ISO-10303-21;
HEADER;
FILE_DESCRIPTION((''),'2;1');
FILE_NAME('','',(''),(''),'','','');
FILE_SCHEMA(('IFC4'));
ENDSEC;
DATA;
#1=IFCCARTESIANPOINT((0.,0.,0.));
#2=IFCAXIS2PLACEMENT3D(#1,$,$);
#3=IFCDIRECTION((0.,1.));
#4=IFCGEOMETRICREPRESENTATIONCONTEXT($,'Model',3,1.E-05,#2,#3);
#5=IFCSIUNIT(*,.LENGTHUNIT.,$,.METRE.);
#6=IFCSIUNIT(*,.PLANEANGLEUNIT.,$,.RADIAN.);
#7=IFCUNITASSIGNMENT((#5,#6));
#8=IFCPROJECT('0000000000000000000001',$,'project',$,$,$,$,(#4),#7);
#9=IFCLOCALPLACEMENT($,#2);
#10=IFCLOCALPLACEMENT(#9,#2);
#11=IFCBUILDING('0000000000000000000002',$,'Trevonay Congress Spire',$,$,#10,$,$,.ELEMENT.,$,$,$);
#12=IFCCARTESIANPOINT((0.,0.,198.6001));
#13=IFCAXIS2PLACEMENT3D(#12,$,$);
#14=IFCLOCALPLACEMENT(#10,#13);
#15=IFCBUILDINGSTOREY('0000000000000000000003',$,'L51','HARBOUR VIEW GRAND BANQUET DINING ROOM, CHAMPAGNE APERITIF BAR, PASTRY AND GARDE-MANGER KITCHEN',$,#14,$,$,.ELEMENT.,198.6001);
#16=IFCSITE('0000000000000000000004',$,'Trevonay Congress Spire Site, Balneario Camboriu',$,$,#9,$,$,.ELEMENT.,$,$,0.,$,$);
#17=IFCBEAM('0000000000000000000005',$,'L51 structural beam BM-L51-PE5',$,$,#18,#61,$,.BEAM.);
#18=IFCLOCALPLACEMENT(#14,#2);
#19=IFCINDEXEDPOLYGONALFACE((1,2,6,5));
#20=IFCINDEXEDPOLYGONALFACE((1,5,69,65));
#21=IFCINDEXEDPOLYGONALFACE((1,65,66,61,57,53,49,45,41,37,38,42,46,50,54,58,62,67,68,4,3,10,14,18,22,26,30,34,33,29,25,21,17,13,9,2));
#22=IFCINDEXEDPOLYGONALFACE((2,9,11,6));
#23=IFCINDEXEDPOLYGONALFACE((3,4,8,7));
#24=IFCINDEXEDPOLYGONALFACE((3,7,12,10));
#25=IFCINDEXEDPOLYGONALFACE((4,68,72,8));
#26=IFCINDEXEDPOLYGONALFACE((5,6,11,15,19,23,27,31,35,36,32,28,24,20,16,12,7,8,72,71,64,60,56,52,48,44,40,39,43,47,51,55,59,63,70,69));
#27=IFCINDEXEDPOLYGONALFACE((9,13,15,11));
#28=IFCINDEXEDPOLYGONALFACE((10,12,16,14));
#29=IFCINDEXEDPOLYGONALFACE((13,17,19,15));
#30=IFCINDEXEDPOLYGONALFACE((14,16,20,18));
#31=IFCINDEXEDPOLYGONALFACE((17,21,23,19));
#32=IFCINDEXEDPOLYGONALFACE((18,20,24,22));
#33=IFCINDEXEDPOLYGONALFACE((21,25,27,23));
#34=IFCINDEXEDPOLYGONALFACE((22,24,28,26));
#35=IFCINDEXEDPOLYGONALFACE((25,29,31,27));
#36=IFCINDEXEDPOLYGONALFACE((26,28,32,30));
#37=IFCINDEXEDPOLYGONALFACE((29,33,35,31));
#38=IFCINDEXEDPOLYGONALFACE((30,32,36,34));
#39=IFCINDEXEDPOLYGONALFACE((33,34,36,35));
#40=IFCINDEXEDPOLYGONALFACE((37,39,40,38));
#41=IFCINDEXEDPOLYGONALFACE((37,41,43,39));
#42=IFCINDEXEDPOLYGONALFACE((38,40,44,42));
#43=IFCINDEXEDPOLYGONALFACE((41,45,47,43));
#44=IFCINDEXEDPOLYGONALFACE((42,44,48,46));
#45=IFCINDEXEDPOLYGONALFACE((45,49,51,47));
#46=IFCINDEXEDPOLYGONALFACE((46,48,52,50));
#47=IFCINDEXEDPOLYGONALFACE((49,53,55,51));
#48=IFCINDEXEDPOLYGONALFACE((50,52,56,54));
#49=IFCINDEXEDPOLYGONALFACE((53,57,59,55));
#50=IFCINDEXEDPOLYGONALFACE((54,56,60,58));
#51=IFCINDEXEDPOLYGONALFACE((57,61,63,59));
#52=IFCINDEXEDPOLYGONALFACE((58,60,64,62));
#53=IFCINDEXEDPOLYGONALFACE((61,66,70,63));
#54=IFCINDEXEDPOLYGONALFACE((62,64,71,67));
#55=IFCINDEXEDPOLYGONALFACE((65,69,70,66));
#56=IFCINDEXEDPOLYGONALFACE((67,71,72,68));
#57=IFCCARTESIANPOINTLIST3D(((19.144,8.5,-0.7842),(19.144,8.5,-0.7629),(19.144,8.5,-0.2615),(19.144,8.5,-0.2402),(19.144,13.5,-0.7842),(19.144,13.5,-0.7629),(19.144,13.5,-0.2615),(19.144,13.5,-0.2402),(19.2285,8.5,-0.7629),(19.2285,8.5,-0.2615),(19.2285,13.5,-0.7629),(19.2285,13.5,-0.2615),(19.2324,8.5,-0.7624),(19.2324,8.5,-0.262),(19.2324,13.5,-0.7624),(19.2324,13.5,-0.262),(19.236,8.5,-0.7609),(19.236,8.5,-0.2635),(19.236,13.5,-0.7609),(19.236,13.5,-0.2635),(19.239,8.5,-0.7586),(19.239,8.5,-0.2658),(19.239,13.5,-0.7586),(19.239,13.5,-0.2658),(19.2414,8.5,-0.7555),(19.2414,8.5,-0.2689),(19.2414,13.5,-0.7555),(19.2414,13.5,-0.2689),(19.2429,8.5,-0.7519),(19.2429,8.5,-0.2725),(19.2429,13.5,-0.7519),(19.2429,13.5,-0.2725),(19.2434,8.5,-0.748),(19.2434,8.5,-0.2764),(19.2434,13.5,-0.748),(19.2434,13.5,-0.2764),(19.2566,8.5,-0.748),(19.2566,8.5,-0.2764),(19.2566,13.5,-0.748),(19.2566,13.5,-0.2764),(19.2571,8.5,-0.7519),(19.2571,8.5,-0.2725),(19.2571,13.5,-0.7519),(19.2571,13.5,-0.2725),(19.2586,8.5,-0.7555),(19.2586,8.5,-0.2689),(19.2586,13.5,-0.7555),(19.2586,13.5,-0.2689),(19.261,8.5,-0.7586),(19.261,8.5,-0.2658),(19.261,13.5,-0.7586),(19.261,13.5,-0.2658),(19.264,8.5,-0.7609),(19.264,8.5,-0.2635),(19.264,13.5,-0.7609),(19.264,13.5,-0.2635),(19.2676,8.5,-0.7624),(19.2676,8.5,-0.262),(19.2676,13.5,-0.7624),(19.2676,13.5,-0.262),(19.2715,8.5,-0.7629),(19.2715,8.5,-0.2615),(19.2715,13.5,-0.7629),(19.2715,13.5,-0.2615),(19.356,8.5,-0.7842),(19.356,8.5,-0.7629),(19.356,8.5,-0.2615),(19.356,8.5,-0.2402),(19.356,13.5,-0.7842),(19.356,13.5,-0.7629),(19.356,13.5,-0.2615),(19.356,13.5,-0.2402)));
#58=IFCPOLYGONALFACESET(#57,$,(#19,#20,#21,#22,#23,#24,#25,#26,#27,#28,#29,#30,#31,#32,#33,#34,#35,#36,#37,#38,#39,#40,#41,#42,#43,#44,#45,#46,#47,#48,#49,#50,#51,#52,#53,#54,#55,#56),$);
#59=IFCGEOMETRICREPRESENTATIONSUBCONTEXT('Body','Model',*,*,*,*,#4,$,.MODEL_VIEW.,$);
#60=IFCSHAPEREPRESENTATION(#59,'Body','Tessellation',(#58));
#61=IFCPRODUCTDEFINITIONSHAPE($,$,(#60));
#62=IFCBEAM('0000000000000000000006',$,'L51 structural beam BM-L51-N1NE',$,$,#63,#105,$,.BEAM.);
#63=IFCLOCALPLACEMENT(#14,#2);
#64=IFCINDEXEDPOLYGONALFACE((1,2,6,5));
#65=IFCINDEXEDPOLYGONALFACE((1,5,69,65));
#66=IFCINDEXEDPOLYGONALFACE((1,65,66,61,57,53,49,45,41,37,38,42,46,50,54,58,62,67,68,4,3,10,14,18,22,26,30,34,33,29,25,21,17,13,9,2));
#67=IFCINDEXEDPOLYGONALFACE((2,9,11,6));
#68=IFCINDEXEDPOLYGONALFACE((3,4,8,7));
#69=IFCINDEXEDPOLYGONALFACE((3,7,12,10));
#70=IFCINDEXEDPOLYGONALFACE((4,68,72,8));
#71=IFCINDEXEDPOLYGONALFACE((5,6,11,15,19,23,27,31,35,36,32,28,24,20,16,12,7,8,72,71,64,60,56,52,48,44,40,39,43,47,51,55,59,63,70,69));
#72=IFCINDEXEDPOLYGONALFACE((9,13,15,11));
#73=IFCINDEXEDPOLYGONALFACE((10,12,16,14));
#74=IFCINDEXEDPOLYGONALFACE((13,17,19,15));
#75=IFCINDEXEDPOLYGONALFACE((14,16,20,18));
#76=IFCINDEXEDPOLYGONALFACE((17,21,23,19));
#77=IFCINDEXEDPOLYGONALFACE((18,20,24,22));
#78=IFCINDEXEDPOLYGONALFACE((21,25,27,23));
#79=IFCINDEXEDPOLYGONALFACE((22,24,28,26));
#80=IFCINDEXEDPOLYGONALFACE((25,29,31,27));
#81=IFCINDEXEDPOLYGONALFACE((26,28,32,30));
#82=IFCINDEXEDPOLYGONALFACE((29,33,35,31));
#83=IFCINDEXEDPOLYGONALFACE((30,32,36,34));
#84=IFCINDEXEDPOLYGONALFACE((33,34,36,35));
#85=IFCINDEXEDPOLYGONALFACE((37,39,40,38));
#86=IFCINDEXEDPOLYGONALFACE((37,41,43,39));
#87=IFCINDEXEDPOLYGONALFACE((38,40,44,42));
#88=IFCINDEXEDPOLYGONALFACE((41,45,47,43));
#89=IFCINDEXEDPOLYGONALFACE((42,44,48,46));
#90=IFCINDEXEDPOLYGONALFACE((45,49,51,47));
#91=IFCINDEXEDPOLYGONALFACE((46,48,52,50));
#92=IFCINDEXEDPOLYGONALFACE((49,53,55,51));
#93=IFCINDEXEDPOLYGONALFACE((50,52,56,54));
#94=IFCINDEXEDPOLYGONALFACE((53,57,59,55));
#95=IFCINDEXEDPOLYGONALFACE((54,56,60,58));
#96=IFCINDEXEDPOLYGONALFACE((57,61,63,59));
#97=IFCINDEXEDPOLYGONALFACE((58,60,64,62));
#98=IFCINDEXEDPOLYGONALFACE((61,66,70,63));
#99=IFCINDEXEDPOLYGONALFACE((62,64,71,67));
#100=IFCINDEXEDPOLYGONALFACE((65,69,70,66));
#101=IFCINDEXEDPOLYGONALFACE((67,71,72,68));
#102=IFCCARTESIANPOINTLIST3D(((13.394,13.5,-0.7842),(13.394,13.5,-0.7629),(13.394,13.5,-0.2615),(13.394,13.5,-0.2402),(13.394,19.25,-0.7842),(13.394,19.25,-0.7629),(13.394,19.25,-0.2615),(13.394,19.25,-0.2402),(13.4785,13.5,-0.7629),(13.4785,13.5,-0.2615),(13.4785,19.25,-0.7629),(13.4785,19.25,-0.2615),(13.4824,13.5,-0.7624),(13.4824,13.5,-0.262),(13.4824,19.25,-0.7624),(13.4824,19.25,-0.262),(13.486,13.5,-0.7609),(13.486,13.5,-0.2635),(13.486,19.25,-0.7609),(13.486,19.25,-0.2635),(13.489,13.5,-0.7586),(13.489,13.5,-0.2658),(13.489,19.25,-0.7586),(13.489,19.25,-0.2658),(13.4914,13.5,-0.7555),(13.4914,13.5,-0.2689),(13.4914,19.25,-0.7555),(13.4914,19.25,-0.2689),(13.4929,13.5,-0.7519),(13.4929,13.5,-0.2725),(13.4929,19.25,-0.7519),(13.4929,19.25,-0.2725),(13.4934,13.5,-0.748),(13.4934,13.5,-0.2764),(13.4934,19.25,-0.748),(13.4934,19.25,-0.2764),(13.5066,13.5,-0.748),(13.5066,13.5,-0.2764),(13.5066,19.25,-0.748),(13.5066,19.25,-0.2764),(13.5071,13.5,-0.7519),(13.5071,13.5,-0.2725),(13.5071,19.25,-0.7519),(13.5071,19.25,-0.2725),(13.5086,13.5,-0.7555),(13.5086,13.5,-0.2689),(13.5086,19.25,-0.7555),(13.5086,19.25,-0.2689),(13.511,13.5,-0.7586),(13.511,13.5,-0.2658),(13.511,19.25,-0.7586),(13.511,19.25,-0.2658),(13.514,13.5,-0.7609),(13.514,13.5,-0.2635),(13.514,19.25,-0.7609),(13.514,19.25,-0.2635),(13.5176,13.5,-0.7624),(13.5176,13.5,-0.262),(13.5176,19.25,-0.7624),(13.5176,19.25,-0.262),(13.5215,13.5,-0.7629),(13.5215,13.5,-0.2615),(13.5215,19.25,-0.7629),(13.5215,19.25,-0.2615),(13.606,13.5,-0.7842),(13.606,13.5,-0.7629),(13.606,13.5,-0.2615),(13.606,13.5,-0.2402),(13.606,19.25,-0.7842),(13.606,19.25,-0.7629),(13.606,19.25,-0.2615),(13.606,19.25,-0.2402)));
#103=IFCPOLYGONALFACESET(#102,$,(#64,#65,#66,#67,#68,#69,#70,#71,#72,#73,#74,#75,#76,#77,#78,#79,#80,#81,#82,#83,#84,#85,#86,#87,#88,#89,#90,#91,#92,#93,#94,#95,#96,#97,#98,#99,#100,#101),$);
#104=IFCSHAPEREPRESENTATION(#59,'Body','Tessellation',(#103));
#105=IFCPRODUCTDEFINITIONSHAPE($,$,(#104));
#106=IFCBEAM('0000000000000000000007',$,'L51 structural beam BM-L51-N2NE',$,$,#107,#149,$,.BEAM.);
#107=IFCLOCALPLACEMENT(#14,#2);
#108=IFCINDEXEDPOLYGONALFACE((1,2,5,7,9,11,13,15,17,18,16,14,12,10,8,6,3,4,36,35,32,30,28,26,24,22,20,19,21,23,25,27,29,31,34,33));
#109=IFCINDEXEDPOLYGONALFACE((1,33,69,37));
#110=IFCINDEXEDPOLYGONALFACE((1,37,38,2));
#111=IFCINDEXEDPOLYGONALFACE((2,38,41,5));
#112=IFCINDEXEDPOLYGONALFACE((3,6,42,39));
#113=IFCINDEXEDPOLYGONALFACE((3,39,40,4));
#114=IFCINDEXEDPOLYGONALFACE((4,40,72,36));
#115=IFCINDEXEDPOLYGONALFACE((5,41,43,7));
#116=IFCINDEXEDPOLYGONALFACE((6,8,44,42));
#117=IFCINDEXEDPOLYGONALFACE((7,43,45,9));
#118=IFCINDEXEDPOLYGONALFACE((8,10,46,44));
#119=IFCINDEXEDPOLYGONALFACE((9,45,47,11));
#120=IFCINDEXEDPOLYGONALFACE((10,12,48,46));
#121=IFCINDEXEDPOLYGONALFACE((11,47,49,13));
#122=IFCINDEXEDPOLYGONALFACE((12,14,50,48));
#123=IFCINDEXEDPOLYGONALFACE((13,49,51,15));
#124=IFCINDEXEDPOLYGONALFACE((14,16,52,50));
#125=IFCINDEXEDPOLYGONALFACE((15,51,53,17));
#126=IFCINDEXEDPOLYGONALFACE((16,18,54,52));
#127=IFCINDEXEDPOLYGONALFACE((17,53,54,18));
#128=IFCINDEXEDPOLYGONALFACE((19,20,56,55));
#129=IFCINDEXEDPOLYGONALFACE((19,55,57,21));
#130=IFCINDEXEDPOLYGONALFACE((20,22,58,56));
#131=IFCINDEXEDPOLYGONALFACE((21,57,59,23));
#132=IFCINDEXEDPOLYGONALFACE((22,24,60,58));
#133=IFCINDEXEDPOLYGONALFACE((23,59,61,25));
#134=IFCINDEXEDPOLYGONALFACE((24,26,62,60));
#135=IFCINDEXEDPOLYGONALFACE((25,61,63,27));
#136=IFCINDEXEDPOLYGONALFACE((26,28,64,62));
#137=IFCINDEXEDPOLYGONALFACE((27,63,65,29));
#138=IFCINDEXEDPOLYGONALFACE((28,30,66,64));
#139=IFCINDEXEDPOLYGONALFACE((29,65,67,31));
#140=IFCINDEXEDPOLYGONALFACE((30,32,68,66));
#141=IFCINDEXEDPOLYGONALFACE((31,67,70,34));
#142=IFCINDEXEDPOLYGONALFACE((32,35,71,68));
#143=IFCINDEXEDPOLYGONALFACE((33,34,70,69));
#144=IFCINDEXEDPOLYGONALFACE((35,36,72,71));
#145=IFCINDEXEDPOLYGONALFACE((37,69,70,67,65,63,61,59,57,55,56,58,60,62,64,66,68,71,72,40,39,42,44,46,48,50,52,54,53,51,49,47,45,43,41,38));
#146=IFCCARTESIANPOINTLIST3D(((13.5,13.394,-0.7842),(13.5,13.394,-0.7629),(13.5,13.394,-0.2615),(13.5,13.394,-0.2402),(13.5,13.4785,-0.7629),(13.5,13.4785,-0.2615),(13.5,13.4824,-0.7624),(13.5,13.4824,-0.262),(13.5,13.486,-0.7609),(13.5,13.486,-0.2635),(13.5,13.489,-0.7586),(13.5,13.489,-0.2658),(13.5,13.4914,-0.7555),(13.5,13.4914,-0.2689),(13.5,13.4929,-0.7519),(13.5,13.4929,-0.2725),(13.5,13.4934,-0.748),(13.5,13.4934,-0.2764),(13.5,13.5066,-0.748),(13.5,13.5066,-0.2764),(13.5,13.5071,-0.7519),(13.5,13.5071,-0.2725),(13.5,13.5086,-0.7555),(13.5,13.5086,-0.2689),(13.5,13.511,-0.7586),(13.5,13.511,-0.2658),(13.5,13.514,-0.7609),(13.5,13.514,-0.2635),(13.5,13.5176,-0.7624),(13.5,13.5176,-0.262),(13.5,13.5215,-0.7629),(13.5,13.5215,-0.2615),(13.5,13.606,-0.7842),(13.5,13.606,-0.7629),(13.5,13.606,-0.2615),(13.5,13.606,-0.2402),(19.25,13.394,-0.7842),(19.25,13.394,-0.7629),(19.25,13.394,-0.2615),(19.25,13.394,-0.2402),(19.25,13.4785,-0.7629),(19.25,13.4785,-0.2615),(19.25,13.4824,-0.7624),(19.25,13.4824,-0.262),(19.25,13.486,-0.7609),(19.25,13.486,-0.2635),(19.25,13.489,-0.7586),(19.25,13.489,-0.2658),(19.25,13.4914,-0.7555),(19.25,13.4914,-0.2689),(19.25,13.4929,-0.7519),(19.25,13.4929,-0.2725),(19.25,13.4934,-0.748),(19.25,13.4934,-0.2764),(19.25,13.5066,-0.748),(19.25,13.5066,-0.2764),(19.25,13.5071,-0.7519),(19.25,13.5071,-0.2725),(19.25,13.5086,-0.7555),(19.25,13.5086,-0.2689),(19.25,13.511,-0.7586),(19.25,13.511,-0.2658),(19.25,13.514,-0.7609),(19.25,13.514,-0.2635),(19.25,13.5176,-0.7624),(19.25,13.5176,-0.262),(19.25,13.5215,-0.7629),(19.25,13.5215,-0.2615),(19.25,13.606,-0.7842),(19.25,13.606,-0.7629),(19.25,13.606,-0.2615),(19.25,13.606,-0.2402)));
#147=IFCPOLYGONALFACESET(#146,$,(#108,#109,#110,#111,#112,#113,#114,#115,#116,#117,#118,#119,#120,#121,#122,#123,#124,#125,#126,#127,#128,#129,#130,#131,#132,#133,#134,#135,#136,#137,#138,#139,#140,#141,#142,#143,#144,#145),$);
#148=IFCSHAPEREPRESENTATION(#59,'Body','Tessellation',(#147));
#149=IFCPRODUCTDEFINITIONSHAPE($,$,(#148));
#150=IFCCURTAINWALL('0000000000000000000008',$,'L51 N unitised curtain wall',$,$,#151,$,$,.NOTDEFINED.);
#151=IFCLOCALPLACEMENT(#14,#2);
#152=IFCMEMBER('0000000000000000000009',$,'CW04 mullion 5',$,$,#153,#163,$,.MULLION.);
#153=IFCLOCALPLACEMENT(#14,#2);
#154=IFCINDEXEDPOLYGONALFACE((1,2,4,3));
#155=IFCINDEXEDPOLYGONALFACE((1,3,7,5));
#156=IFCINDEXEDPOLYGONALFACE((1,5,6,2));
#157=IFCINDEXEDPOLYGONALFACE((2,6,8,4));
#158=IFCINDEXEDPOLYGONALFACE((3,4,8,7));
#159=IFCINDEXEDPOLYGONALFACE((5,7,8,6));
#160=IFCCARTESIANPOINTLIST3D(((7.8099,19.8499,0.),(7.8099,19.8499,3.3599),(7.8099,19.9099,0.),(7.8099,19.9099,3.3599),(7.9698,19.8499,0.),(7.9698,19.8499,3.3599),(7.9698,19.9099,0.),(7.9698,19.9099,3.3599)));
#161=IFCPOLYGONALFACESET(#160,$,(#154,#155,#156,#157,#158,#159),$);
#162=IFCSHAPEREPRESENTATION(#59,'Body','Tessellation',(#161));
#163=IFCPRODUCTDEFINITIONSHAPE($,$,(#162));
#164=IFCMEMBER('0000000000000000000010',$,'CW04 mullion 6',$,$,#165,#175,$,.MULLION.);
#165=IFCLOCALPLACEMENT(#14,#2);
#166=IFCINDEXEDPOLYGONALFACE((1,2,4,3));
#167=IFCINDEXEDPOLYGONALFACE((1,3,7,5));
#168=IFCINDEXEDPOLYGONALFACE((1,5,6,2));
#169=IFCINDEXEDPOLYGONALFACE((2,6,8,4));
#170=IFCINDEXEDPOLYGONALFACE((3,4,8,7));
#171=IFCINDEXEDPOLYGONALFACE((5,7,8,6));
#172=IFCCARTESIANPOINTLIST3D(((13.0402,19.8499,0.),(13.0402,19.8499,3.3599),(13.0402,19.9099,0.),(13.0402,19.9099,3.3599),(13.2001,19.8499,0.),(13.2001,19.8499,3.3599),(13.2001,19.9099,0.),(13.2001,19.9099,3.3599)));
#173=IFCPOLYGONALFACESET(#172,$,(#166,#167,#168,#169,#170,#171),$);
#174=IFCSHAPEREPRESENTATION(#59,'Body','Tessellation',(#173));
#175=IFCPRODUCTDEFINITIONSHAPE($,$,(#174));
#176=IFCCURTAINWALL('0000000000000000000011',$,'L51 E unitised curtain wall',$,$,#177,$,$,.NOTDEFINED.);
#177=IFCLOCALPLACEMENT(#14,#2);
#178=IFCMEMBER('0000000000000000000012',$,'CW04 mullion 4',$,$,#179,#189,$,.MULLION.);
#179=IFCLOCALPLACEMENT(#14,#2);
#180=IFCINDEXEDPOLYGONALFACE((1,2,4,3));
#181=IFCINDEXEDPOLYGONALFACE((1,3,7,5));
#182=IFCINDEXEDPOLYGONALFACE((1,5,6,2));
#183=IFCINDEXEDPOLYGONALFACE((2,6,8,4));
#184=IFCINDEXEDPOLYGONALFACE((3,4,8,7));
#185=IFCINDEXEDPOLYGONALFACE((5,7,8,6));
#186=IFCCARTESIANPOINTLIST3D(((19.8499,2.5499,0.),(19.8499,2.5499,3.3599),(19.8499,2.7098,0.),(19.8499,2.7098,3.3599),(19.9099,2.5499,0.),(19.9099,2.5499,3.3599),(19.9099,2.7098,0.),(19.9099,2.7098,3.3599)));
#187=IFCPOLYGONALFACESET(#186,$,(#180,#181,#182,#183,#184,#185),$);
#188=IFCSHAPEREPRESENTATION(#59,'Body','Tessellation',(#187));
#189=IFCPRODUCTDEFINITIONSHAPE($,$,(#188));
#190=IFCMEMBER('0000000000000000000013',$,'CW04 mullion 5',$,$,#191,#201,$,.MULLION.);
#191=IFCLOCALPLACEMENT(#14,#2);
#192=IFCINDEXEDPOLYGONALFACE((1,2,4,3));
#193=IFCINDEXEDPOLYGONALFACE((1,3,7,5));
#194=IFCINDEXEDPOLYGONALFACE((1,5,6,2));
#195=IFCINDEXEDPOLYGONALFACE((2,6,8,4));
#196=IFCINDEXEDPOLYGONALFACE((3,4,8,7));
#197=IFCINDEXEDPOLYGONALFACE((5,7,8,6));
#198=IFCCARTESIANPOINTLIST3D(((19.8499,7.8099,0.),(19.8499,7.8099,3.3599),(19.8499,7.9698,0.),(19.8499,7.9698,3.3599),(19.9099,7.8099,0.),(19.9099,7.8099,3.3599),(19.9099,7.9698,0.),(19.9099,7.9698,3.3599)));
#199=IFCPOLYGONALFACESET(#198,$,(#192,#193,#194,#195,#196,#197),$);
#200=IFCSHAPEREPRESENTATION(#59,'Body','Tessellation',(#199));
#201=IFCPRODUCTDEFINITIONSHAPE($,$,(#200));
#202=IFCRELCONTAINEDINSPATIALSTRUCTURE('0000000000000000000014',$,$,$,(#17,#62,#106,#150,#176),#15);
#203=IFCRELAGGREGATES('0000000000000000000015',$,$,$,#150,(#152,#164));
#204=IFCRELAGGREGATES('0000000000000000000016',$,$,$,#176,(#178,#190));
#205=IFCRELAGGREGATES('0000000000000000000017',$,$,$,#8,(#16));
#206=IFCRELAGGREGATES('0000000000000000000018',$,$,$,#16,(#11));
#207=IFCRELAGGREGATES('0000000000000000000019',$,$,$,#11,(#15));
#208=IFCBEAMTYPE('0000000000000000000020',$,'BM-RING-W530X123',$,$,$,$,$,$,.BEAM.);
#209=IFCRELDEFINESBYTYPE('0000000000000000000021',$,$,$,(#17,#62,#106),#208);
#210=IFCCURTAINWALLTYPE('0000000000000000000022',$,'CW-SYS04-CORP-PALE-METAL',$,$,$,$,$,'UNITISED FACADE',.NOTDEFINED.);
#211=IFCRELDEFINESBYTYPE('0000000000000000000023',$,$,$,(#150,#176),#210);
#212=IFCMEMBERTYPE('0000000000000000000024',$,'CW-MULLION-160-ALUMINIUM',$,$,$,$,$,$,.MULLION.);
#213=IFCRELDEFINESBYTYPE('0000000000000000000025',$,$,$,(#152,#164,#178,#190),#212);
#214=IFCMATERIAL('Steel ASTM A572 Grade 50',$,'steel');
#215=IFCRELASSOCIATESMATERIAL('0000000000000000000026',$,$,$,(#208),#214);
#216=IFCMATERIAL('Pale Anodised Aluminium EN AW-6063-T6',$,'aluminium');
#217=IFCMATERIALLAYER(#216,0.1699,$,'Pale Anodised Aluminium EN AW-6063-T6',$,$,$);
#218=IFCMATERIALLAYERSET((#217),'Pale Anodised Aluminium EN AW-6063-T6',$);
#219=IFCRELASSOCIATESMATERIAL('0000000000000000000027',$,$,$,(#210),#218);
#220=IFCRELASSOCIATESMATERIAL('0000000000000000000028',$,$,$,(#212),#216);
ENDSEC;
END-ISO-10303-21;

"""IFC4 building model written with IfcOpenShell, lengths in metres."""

from ifc_helpers import new_model, si_unit, direction, frame, origin, origin_2d, place, context, subcontext, project, spatial, rectangle, i_section, extrude, material, layer, layer_set, material_profile, profile_set, type_object, element, aggregate, save


model = new_model("IFC4")

# Units and contexts
model_context = context("Model", 3, precision=1e-05, world=origin(), true_north=direction((0.0, 1.0)))
body_context = subcontext(model_context, "Body", "Model", "MODEL_VIEW")
ifc_project = project(units=[si_unit("LENGTHUNIT", "METRE"), si_unit("PLANEANGLEUNIT", "RADIAN")], contexts=[model_context])

# Site, building, storey
site_placement = place(None, origin())
site = spatial("IfcSite", under=ifc_project, at=site_placement, Name="Trevonay Congress Spire Site, Balneario Camboriu", CompositionType="ELEMENT", RefElevation=0.0)
building_placement = place(site_placement, origin())
building = spatial("IfcBuilding", under=site, at=building_placement, Name="Trevonay Congress Spire", CompositionType="ELEMENT")
storey_placement = place(building_placement, frame((0.0, 0.0, 198.6001)))
storey = spatial("IfcBuildingStorey", under=building, at=storey_placement, Name="L51", Description="HARBOUR VIEW GRAND BANQUET DINING ROOM, CHAMPAGNE APERITIF BAR, PASTRY AND GARDE-MANGER KITCHEN", CompositionType="ELEMENT", Elevation=198.6001)

# Shared definitions
ifc_material_1 = material(Name="Steel ASTM A572 Grade 50", Category="steel")

# Beams
ifc_material_profile_1 = material_profile(ifc_material_1, i_section(OverallWidth=0.2119, OverallDepth=0.5439, WebThickness=0.0132, FlangeThickness=0.0212, FilletRadius=0.0149, at=origin_2d()), Name="W530x123")
ifc_profile_set_1 = profile_set([ifc_material_profile_1], Name="Steel ASTM A572 Grade 50")
beam_type_1 = type_object("IfcBeamType", Name="BM-RING-W530X123", PredefinedType="BEAM", material=ifc_profile_set_1)
for number, where, z_axis, x_axis, name in (
    (1, (19.25, 8.5, -0.5122), (0.0, 1.0, 0.0), (-1.0, 0.0, 0.0), "L51 structural beam BM-L51-PE5"),
):
    element("IfcBeam", number, at=place(storey_placement, frame(where, z_axis=z_axis, x_axis=x_axis)), inside=storey, type_object=beam_type_1, Name=name, PredefinedType="BEAM", context=body_context, shape_type="SweptSolid", body=[
        extrude(i_section(OverallWidth=0.2119, OverallDepth=0.5439, WebThickness=0.0132, FlangeThickness=0.0212, FilletRadius=0.0149, at=origin_2d()), origin(), (0.0, 0.0, 1.0), 5.0),
    ])
for number, where, z_axis, x_axis, name in (
    (2, (13.5, 19.25, -0.5122), (0.0, -1.0, 0.0), (1.0, 0.0, 0.0), "L51 structural beam BM-L51-N1NE"),
    (3, (19.25, 13.5, -0.5122), (-1.0, 0.0, 0.0), (0.0, -1.0, 0.0), "L51 structural beam BM-L51-N2NE"),
):
    element("IfcBeam", number, at=place(storey_placement, frame(where, z_axis=z_axis, x_axis=x_axis)), inside=storey, type_object=beam_type_1, Name=name, PredefinedType="BEAM", context=body_context, shape_type="SweptSolid", body=[
        extrude(i_section(OverallWidth=0.2119, OverallDepth=0.5439, WebThickness=0.0132, FlangeThickness=0.0212, FilletRadius=0.0149, at=origin_2d()), origin(), (0.0, 0.0, 1.0), 5.75),
    ])

# Curtain walls, members
ifc_material_2 = material(Name="Pale Anodised Aluminium EN AW-6063-T6", Category="aluminium")
ifc_layer_1 = layer(ifc_material_2, 0.1699, Name="Pale Anodised Aluminium EN AW-6063-T6")
ifc_layer_set_1 = layer_set([ifc_layer_1], Name="Pale Anodised Aluminium EN AW-6063-T6")
curtain_wall_type = type_object("IfcCurtainWallType", Name="CW-SYS04-CORP-PALE-METAL", ElementType="UNITISED FACADE", PredefinedType="NOTDEFINED", material=ifc_layer_set_1)
curtain_wall_1_placement = place(storey_placement, origin())
curtain_wall_1 = element("IfcCurtainWall", 4, at=curtain_wall_1_placement, inside=storey, type_object=curtain_wall_type, Name="L51 N unitised curtain wall", PredefinedType="NOTDEFINED")
ifc_material_profile_2 = material_profile(ifc_material_2, rectangle(XDim=0.0601, YDim=0.1599, at=origin_2d()), Name="CW-MULLION-160-ALUMINIUM")
ifc_profile_set_2 = profile_set([ifc_material_profile_2], Name="Pale Anodised Aluminium EN AW-6063-T6")
member_type_1 = type_object("IfcMemberType", Name="CW-MULLION-160-ALUMINIUM", PredefinedType="MULLION", material=ifc_profile_set_2)
member_1_placement = place(storey_placement, frame((7.8899, 19.8799, 0.0), z_axis=(0.0, 0.0, 1.0), x_axis=(0.0, 1.0, 0.0)))
member_1 = element("IfcMember", 5, at=member_1_placement, type_object=member_type_1, Name="CW04 mullion 5", PredefinedType="MULLION", context=body_context, shape_type="SweptSolid", body=[
    extrude(rectangle(XDim=0.0601, YDim=0.1599, at=origin_2d()), origin(), (0.0, 0.0, 1.0), 3.3599),
])
member_2_placement = place(storey_placement, frame((13.1201, 19.8799, 0.0), z_axis=(0.0, 0.0, 1.0), x_axis=(0.0, 1.0, 0.0)))
member_2 = element("IfcMember", 6, at=member_2_placement, type_object=member_type_1, Name="CW04 mullion 6", PredefinedType="MULLION", context=body_context, shape_type="SweptSolid", body=[
    extrude(rectangle(XDim=0.0601, YDim=0.1599, at=origin_2d()), origin(), (0.0, 0.0, 1.0), 3.3599),
])
curtain_wall_2_placement = place(storey_placement, origin())
curtain_wall_2 = element("IfcCurtainWall", 7, at=curtain_wall_2_placement, inside=storey, type_object=curtain_wall_type, Name="L51 E unitised curtain wall", PredefinedType="NOTDEFINED")
member_3_placement = place(storey_placement, frame((19.8799, 2.6299, 0.0), z_axis=(0.0, 0.0, 1.0), x_axis=(-1.0, 0.0, 0.0)))
member_3 = element("IfcMember", 8, at=member_3_placement, type_object=member_type_1, Name="CW04 mullion 4", PredefinedType="MULLION", context=body_context, shape_type="SweptSolid", body=[
    extrude(rectangle(XDim=0.0601, YDim=0.1599, at=origin_2d()), origin(), (0.0, 0.0, 1.0), 3.3599),
])
member_4_placement = place(storey_placement, frame((19.8799, 7.8899, 0.0), z_axis=(0.0, 0.0, 1.0), x_axis=(-1.0, 0.0, 0.0)))
member_4 = element("IfcMember", 9, at=member_4_placement, type_object=member_type_1, Name="CW04 mullion 5", PredefinedType="MULLION", context=body_context, shape_type="SweptSolid", body=[
    extrude(rectangle(XDim=0.0601, YDim=0.1599, at=origin_2d()), origin(), (0.0, 0.0, 1.0), 3.3599),
])

aggregate(curtain_wall_1, [member_1, member_2])
aggregate(curtain_wall_2, [member_3, member_4])

save(model, "model.ifc")
